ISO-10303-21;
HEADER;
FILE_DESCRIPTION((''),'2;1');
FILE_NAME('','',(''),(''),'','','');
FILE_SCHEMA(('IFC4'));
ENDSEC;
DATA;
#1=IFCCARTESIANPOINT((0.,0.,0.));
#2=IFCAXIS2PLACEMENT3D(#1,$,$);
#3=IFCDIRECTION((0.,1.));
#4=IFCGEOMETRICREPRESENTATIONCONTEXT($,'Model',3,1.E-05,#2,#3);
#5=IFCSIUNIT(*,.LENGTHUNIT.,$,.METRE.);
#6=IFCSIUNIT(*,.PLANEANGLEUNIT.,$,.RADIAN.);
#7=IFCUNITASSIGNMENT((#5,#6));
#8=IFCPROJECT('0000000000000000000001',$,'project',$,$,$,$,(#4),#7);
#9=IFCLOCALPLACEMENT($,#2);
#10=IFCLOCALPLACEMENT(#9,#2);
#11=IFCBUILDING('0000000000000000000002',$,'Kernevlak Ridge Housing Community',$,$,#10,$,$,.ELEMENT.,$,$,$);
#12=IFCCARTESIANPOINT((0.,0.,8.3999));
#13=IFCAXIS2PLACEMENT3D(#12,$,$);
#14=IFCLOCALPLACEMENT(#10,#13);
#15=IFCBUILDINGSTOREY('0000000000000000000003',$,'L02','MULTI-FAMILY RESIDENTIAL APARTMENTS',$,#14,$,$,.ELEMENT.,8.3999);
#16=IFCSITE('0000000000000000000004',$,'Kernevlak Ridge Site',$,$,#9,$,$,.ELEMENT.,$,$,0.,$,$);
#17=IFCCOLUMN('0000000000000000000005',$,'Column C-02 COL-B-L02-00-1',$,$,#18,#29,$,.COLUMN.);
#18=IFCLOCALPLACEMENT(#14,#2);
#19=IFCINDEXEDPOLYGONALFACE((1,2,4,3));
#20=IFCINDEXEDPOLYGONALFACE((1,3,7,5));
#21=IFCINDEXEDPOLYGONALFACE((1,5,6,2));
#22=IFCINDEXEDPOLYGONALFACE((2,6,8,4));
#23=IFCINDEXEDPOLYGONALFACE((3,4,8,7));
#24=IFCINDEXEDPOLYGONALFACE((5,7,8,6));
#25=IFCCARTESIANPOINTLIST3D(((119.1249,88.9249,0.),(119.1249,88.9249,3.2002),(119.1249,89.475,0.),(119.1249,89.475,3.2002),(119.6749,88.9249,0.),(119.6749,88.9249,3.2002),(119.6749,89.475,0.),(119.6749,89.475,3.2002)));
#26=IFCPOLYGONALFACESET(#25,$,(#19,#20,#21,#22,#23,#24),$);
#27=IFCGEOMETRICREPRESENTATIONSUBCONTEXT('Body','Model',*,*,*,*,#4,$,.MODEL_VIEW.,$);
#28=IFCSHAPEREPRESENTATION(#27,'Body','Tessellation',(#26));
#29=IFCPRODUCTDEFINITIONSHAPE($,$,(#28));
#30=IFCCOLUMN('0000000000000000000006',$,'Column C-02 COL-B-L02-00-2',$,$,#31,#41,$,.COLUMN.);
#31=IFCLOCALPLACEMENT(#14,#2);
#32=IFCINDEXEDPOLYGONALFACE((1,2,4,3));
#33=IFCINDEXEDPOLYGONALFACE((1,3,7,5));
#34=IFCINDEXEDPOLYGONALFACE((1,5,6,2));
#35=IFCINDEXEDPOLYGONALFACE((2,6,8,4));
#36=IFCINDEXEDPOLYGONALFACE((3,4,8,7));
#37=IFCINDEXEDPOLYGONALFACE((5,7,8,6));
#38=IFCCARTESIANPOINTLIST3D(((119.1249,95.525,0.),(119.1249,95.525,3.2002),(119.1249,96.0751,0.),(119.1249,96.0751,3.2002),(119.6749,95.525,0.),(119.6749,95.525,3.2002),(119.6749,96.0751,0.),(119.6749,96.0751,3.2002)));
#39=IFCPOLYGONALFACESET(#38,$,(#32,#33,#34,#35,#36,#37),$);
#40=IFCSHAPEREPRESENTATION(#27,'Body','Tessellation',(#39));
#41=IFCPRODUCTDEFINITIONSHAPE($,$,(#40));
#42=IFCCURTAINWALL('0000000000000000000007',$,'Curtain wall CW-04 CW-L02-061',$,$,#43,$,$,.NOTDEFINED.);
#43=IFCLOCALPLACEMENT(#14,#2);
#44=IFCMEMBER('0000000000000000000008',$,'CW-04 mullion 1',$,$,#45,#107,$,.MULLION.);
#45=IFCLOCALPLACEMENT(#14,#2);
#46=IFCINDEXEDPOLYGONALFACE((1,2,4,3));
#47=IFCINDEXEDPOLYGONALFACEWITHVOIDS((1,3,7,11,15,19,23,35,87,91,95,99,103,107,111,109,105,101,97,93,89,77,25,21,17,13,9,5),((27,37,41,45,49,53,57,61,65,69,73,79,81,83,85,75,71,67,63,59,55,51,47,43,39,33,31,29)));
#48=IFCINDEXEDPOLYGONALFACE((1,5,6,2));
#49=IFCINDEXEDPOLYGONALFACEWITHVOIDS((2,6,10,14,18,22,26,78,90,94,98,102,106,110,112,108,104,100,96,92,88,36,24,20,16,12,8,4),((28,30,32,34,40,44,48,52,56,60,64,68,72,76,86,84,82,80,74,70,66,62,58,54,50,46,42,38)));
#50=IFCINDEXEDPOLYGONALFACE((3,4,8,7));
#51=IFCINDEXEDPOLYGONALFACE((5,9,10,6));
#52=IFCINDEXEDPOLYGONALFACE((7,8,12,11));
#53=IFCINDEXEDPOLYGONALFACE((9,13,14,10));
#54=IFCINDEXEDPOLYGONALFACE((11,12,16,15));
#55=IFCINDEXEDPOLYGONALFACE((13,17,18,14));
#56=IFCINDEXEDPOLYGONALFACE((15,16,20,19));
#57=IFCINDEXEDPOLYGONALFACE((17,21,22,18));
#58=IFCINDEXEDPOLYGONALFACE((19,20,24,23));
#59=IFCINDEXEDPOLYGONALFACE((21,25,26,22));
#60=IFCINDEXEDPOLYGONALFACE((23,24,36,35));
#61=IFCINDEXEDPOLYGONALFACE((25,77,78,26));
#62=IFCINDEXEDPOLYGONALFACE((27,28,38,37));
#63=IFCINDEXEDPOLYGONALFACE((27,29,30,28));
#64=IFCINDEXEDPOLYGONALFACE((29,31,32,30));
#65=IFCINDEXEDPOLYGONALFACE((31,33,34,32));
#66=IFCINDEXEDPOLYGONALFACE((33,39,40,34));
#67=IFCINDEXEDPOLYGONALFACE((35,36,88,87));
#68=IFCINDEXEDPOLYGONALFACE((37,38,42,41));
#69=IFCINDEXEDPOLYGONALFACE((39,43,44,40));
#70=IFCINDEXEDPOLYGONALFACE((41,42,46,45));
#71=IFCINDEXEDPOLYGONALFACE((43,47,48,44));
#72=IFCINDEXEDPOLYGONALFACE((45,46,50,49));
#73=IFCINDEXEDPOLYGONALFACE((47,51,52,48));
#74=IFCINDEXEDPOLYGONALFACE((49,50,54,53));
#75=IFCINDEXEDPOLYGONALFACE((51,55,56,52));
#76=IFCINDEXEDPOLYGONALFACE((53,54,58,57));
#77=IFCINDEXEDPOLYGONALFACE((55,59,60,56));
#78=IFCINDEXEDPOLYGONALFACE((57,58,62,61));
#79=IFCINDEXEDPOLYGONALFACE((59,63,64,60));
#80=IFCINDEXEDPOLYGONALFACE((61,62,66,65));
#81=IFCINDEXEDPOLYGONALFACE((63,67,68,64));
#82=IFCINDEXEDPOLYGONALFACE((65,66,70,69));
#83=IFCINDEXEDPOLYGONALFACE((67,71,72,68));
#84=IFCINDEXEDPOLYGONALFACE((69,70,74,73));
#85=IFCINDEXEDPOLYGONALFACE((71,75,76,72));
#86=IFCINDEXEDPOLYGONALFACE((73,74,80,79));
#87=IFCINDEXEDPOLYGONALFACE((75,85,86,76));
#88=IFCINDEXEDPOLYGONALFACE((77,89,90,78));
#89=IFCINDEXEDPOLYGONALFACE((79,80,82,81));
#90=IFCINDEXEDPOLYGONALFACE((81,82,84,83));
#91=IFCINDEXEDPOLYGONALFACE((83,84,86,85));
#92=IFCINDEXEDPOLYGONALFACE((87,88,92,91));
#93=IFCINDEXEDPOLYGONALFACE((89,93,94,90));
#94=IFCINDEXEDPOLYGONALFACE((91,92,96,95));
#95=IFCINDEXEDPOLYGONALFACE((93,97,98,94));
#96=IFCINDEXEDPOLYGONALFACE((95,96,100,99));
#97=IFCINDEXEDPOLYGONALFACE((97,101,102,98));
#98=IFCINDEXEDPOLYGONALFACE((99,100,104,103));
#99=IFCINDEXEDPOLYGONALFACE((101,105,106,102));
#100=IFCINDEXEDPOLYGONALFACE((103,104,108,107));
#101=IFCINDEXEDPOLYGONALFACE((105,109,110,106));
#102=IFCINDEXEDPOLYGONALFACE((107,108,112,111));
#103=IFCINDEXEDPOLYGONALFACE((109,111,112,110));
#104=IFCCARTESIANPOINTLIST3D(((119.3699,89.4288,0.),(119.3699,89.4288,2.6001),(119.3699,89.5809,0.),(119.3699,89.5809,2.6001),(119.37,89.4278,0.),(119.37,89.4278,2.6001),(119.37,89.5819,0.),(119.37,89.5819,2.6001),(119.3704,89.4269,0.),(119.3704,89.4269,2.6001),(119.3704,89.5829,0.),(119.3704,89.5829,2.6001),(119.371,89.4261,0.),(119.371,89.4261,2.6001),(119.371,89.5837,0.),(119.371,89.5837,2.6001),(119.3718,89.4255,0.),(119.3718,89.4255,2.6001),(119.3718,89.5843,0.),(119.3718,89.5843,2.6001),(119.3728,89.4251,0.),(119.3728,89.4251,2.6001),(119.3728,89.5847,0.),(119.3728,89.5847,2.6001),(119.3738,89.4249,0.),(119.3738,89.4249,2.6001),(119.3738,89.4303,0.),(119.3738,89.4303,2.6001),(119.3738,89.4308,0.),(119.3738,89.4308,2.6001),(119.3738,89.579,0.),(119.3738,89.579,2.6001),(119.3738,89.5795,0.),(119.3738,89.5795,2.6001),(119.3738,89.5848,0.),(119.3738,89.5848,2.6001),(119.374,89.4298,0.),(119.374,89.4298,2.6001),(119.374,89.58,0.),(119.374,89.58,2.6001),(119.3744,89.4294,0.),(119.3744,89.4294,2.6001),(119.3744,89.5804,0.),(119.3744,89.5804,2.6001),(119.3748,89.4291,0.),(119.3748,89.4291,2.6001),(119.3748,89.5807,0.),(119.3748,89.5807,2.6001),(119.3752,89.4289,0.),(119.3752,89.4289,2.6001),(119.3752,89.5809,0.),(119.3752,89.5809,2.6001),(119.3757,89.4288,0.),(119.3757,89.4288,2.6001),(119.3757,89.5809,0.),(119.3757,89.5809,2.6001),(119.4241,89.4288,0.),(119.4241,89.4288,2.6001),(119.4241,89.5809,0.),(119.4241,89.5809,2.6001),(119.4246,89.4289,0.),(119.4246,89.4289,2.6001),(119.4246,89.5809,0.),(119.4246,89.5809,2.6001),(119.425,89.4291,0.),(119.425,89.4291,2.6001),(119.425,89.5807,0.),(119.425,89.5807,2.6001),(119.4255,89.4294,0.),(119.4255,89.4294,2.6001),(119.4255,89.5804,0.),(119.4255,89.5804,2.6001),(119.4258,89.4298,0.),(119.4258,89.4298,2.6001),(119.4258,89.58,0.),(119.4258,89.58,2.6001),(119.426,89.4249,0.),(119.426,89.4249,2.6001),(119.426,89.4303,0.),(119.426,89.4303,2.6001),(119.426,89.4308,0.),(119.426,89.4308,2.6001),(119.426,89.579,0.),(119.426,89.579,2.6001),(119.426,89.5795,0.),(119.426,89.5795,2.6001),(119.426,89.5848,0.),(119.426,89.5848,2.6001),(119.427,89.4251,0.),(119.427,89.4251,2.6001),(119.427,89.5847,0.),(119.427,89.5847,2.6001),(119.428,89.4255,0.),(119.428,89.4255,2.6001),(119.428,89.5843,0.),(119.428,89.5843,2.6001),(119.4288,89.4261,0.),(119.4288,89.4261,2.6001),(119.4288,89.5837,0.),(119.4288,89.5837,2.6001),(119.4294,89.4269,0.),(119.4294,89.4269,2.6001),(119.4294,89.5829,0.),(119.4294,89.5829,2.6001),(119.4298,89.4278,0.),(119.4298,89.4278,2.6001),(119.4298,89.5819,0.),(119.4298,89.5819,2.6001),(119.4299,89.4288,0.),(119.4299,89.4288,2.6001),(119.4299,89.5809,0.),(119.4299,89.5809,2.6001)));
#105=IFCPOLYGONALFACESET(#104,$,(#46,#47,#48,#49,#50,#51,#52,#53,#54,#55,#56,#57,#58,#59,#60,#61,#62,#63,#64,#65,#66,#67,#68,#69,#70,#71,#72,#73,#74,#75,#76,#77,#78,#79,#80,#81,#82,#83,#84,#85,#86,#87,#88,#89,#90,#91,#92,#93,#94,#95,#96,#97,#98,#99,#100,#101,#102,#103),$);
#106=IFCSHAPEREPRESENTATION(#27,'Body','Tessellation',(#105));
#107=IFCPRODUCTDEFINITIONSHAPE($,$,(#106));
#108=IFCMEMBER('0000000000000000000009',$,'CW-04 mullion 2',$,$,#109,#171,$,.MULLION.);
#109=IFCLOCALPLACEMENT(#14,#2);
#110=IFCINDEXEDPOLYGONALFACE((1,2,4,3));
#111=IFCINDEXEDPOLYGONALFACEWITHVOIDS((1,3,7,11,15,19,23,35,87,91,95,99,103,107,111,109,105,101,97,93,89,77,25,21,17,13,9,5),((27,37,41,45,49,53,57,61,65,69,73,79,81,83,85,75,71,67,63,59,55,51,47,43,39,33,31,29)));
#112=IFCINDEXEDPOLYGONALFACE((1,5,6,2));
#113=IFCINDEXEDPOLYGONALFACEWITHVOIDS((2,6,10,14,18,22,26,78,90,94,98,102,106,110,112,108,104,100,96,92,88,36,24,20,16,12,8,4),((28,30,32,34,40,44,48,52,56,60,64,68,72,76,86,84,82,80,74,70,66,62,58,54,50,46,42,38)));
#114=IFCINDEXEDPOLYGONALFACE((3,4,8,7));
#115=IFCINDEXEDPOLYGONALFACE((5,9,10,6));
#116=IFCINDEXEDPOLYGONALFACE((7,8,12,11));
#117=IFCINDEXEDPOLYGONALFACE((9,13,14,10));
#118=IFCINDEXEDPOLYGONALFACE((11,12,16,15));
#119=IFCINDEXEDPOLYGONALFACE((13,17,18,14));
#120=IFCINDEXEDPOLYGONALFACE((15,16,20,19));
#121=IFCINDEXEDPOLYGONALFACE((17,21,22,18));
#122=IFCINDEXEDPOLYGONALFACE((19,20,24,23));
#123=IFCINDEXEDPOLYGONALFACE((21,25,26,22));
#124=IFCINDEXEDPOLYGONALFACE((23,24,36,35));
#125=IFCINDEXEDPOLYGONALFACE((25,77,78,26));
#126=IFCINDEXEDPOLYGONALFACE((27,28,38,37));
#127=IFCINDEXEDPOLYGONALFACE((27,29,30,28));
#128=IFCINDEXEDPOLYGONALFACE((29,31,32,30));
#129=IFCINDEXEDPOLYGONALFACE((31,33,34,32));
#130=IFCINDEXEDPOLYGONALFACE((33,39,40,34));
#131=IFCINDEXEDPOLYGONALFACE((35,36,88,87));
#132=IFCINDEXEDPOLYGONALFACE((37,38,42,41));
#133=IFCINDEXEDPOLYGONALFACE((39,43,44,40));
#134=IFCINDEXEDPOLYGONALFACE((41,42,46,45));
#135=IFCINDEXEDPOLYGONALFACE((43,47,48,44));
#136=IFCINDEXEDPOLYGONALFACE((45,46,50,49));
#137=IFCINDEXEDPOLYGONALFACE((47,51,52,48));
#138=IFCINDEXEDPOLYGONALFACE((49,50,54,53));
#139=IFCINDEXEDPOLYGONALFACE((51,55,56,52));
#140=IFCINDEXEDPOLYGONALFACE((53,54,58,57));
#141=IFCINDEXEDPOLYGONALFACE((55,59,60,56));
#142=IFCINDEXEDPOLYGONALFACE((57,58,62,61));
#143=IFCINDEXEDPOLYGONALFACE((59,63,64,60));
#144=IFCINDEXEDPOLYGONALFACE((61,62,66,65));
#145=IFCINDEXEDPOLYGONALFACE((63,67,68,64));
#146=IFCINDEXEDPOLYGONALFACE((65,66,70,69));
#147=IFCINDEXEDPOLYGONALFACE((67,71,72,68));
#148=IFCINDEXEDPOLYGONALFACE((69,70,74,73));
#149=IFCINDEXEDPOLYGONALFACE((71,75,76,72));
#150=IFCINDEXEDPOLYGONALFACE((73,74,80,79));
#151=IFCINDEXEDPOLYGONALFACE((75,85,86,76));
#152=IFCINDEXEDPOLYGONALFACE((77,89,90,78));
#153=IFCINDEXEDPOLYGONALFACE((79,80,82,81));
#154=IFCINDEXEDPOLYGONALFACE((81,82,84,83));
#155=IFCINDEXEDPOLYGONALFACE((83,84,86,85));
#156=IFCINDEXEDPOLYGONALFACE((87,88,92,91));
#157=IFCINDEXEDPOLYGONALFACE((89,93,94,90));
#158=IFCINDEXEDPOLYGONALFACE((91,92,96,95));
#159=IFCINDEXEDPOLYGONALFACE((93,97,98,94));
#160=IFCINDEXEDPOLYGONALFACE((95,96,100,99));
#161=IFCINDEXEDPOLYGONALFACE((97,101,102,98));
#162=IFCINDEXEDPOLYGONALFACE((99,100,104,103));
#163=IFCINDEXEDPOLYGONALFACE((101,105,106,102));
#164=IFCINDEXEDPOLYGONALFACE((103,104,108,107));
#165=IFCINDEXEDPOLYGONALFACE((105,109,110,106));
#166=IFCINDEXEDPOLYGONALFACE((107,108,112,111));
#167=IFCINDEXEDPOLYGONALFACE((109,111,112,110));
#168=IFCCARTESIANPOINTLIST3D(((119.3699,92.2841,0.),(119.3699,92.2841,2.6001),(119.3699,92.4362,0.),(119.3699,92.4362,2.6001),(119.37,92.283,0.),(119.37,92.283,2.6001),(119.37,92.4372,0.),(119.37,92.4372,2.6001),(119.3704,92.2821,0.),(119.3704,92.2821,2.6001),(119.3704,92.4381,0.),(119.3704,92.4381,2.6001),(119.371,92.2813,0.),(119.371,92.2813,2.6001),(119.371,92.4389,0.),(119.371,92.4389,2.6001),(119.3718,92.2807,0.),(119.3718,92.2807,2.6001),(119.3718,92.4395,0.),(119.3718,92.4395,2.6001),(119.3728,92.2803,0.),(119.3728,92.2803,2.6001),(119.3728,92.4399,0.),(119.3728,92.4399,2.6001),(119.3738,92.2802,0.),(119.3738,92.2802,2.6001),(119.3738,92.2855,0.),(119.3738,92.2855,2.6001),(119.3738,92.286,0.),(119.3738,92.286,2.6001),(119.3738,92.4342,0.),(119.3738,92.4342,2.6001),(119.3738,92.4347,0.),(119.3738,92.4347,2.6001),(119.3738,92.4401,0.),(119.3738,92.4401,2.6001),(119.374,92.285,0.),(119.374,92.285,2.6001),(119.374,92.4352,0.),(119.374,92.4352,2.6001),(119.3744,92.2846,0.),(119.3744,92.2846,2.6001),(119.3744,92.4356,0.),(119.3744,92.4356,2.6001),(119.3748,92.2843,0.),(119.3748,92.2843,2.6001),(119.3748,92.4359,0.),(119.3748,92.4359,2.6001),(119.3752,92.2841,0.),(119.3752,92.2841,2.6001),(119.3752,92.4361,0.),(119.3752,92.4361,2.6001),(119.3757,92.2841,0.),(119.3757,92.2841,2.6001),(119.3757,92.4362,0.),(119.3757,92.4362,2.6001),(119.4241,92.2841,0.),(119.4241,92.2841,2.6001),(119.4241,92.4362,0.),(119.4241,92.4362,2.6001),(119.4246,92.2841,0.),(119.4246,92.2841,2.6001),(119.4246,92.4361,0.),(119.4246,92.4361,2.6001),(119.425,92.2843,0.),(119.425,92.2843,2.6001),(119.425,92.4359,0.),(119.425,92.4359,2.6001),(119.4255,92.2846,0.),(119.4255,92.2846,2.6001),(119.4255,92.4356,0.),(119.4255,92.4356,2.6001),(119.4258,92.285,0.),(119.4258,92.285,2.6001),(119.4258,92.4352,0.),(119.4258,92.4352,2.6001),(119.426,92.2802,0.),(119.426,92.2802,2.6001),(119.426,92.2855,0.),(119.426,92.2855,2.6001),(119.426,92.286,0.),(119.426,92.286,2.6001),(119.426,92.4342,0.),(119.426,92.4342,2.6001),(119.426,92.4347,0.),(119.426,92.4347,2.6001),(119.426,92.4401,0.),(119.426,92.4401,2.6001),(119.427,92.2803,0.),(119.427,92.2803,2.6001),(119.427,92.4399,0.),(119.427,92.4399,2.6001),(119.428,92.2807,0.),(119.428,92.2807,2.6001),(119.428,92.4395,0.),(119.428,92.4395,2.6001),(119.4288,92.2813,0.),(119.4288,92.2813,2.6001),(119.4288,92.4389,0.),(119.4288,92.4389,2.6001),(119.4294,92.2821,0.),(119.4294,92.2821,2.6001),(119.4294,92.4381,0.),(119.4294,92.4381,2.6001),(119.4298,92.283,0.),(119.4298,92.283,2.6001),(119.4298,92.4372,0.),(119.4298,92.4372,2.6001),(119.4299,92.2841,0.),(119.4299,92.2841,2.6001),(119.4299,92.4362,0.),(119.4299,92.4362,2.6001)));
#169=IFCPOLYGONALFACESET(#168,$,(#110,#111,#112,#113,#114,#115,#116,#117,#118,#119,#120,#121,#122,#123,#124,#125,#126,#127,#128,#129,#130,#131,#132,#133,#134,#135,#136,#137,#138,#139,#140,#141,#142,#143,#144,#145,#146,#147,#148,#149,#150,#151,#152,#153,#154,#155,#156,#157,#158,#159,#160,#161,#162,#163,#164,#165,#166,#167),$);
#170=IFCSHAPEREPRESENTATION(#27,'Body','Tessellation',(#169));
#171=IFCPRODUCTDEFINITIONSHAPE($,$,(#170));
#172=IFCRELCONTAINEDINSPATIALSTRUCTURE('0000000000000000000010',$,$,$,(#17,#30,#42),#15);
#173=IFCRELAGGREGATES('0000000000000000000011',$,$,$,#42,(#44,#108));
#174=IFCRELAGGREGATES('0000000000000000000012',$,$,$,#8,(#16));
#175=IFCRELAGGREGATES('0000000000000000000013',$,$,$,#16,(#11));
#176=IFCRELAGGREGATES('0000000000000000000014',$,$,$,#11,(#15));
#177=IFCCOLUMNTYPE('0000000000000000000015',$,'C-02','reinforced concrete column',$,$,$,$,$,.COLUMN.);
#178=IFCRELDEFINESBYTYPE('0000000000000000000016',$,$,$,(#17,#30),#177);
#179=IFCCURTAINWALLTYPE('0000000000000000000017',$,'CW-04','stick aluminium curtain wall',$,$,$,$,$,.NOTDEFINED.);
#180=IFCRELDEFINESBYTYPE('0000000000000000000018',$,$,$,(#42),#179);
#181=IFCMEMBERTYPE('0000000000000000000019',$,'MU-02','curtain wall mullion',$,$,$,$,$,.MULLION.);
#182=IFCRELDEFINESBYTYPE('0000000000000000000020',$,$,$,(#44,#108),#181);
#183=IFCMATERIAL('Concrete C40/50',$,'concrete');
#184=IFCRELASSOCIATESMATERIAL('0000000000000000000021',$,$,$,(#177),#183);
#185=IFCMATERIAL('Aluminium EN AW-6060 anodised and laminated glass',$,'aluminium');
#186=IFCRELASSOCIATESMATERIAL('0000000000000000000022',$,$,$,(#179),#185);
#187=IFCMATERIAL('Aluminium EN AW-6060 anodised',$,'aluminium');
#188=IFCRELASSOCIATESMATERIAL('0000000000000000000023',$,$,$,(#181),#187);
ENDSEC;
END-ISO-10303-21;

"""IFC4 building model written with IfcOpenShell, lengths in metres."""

from ifc_helpers import new_model, si_unit, direction, frame, origin, origin_2d, place, context, subcontext, project, spatial, rectangle, hollow_rectangle, extrude, material, material_profile, profile_set, type_object, element, aggregate, save


model = new_model("IFC4")

# Units and contexts
model_context = context("Model", 3, precision=1e-05, world=origin(), true_north=direction((0.0, 1.0)))
body_context = subcontext(model_context, "Body", "Model", "MODEL_VIEW")
ifc_project = project(units=[si_unit("LENGTHUNIT", "METRE"), si_unit("PLANEANGLEUNIT", "RADIAN")], contexts=[model_context])

# Site, building, storey
site_placement = place(None, origin())
site = spatial("IfcSite", under=ifc_project, at=site_placement, Name="Kernevlak Ridge Site", CompositionType="ELEMENT", RefElevation=0.0)
building_placement = place(site_placement, origin())
building = spatial("IfcBuilding", under=site, at=building_placement, Name="Kernevlak Ridge Housing Community", CompositionType="ELEMENT")
storey_placement = place(building_placement, frame((0.0, 0.0, 8.3999)))
storey = spatial("IfcBuildingStorey", under=building, at=storey_placement, Name="L02", Description="MULTI-FAMILY RESIDENTIAL APARTMENTS", CompositionType="ELEMENT", Elevation=8.3999)

# Columns
ifc_material_1 = material(Name="Concrete C40/50", Category="concrete")
ifc_material_profile_1 = material_profile(ifc_material_1, rectangle(XDim=0.55, YDim=0.55, at=origin_2d()), Name="RC 550x550")
ifc_profile_set_1 = profile_set([ifc_material_profile_1], Name="Concrete C40/50")
column_type = type_object("IfcColumnType", Name="C-02", Description="reinforced concrete column", PredefinedType="COLUMN", material=ifc_profile_set_1)
for number, where, z_axis, x_axis, name in (
    (1, (119.3999, 89.2, 0.0), (0.0, 0.0, 1.0), (1.0, 0.0, 0.0), "Column C-02 COL-B-L02-00-1"),
    (2, (119.3999, 95.8, 0.0), (0.0, 0.0, 1.0), (1.0, 0.0, 0.0), "Column C-02 COL-B-L02-00-2"),
):
    element("IfcColumn", number, at=place(storey_placement, frame(where, z_axis=z_axis, x_axis=x_axis)), inside=storey, type_object=column_type, Name=name, PredefinedType="COLUMN", context=body_context, shape_type="SweptSolid", body=[
        extrude(rectangle(XDim=0.55, YDim=0.55, at=origin_2d()), origin(), (0.0, 0.0, 1.0), 3.2002),
    ])

# Curtain wall, members
ifc_material_2 = material(Name="Aluminium EN AW-6060 anodised and laminated glass", Category="aluminium")
curtain_wall_type_1 = type_object("IfcCurtainWallType", Name="CW-04", Description="stick aluminium curtain wall", PredefinedType="NOTDEFINED", material=ifc_material_2)
curtain_wall_1_placement = place(storey_placement, origin())
curtain_wall_1 = element("IfcCurtainWall", 3, at=curtain_wall_1_placement, inside=storey, type_object=curtain_wall_type_1, Name="Curtain wall CW-04 CW-L02-061", PredefinedType="NOTDEFINED")
ifc_material_3 = material(Name="Aluminium EN AW-6060 anodised", Category="aluminium")
ifc_material_profile_2 = material_profile(ifc_material_3, hollow_rectangle(XDim=0.0601, YDim=0.1599, WallThickness=0.0039, InnerFilletRadius=0.002, OuterFilletRadius=0.0039, at=origin_2d()), Name="ALU 60x160x4")
ifc_profile_set_2 = profile_set([ifc_material_profile_2], Name="Aluminium EN AW-6060 anodised")
member_type_1 = type_object("IfcMemberType", Name="MU-02", Description="curtain wall mullion", PredefinedType="MULLION", material=ifc_profile_set_2)
member_1_placement = place(storey_placement, frame((119.3999, 89.5049, 0.0), z_axis=(0.0, 0.0, 1.0), x_axis=(-1.0, 0.0, 0.0)))
member_1 = element("IfcMember", 4, at=member_1_placement, type_object=member_type_1, Name="CW-04 mullion 1", PredefinedType="MULLION", context=body_context, shape_type="SweptSolid", body=[
    extrude(hollow_rectangle(XDim=0.0601, YDim=0.1599, WallThickness=0.0039, InnerFilletRadius=0.002, OuterFilletRadius=0.0039, at=origin_2d()), origin(), (0.0, 0.0, 1.0), 2.6001),
])
member_2_placement = place(storey_placement, frame((119.3999, 92.3601, 0.0), z_axis=(0.0, 0.0, 1.0), x_axis=(-1.0, 0.0, 0.0)))
member_2 = element("IfcMember", 5, at=member_2_placement, type_object=member_type_1, Name="CW-04 mullion 2", PredefinedType="MULLION", context=body_context, shape_type="SweptSolid", body=[
    extrude(hollow_rectangle(XDim=0.0601, YDim=0.1599, WallThickness=0.0039, InnerFilletRadius=0.002, OuterFilletRadius=0.0039, at=origin_2d()), origin(), (0.0, 0.0, 1.0), 2.6001),
])

aggregate(curtain_wall_1, [member_1, member_2])

save(model, "model.ifc")
